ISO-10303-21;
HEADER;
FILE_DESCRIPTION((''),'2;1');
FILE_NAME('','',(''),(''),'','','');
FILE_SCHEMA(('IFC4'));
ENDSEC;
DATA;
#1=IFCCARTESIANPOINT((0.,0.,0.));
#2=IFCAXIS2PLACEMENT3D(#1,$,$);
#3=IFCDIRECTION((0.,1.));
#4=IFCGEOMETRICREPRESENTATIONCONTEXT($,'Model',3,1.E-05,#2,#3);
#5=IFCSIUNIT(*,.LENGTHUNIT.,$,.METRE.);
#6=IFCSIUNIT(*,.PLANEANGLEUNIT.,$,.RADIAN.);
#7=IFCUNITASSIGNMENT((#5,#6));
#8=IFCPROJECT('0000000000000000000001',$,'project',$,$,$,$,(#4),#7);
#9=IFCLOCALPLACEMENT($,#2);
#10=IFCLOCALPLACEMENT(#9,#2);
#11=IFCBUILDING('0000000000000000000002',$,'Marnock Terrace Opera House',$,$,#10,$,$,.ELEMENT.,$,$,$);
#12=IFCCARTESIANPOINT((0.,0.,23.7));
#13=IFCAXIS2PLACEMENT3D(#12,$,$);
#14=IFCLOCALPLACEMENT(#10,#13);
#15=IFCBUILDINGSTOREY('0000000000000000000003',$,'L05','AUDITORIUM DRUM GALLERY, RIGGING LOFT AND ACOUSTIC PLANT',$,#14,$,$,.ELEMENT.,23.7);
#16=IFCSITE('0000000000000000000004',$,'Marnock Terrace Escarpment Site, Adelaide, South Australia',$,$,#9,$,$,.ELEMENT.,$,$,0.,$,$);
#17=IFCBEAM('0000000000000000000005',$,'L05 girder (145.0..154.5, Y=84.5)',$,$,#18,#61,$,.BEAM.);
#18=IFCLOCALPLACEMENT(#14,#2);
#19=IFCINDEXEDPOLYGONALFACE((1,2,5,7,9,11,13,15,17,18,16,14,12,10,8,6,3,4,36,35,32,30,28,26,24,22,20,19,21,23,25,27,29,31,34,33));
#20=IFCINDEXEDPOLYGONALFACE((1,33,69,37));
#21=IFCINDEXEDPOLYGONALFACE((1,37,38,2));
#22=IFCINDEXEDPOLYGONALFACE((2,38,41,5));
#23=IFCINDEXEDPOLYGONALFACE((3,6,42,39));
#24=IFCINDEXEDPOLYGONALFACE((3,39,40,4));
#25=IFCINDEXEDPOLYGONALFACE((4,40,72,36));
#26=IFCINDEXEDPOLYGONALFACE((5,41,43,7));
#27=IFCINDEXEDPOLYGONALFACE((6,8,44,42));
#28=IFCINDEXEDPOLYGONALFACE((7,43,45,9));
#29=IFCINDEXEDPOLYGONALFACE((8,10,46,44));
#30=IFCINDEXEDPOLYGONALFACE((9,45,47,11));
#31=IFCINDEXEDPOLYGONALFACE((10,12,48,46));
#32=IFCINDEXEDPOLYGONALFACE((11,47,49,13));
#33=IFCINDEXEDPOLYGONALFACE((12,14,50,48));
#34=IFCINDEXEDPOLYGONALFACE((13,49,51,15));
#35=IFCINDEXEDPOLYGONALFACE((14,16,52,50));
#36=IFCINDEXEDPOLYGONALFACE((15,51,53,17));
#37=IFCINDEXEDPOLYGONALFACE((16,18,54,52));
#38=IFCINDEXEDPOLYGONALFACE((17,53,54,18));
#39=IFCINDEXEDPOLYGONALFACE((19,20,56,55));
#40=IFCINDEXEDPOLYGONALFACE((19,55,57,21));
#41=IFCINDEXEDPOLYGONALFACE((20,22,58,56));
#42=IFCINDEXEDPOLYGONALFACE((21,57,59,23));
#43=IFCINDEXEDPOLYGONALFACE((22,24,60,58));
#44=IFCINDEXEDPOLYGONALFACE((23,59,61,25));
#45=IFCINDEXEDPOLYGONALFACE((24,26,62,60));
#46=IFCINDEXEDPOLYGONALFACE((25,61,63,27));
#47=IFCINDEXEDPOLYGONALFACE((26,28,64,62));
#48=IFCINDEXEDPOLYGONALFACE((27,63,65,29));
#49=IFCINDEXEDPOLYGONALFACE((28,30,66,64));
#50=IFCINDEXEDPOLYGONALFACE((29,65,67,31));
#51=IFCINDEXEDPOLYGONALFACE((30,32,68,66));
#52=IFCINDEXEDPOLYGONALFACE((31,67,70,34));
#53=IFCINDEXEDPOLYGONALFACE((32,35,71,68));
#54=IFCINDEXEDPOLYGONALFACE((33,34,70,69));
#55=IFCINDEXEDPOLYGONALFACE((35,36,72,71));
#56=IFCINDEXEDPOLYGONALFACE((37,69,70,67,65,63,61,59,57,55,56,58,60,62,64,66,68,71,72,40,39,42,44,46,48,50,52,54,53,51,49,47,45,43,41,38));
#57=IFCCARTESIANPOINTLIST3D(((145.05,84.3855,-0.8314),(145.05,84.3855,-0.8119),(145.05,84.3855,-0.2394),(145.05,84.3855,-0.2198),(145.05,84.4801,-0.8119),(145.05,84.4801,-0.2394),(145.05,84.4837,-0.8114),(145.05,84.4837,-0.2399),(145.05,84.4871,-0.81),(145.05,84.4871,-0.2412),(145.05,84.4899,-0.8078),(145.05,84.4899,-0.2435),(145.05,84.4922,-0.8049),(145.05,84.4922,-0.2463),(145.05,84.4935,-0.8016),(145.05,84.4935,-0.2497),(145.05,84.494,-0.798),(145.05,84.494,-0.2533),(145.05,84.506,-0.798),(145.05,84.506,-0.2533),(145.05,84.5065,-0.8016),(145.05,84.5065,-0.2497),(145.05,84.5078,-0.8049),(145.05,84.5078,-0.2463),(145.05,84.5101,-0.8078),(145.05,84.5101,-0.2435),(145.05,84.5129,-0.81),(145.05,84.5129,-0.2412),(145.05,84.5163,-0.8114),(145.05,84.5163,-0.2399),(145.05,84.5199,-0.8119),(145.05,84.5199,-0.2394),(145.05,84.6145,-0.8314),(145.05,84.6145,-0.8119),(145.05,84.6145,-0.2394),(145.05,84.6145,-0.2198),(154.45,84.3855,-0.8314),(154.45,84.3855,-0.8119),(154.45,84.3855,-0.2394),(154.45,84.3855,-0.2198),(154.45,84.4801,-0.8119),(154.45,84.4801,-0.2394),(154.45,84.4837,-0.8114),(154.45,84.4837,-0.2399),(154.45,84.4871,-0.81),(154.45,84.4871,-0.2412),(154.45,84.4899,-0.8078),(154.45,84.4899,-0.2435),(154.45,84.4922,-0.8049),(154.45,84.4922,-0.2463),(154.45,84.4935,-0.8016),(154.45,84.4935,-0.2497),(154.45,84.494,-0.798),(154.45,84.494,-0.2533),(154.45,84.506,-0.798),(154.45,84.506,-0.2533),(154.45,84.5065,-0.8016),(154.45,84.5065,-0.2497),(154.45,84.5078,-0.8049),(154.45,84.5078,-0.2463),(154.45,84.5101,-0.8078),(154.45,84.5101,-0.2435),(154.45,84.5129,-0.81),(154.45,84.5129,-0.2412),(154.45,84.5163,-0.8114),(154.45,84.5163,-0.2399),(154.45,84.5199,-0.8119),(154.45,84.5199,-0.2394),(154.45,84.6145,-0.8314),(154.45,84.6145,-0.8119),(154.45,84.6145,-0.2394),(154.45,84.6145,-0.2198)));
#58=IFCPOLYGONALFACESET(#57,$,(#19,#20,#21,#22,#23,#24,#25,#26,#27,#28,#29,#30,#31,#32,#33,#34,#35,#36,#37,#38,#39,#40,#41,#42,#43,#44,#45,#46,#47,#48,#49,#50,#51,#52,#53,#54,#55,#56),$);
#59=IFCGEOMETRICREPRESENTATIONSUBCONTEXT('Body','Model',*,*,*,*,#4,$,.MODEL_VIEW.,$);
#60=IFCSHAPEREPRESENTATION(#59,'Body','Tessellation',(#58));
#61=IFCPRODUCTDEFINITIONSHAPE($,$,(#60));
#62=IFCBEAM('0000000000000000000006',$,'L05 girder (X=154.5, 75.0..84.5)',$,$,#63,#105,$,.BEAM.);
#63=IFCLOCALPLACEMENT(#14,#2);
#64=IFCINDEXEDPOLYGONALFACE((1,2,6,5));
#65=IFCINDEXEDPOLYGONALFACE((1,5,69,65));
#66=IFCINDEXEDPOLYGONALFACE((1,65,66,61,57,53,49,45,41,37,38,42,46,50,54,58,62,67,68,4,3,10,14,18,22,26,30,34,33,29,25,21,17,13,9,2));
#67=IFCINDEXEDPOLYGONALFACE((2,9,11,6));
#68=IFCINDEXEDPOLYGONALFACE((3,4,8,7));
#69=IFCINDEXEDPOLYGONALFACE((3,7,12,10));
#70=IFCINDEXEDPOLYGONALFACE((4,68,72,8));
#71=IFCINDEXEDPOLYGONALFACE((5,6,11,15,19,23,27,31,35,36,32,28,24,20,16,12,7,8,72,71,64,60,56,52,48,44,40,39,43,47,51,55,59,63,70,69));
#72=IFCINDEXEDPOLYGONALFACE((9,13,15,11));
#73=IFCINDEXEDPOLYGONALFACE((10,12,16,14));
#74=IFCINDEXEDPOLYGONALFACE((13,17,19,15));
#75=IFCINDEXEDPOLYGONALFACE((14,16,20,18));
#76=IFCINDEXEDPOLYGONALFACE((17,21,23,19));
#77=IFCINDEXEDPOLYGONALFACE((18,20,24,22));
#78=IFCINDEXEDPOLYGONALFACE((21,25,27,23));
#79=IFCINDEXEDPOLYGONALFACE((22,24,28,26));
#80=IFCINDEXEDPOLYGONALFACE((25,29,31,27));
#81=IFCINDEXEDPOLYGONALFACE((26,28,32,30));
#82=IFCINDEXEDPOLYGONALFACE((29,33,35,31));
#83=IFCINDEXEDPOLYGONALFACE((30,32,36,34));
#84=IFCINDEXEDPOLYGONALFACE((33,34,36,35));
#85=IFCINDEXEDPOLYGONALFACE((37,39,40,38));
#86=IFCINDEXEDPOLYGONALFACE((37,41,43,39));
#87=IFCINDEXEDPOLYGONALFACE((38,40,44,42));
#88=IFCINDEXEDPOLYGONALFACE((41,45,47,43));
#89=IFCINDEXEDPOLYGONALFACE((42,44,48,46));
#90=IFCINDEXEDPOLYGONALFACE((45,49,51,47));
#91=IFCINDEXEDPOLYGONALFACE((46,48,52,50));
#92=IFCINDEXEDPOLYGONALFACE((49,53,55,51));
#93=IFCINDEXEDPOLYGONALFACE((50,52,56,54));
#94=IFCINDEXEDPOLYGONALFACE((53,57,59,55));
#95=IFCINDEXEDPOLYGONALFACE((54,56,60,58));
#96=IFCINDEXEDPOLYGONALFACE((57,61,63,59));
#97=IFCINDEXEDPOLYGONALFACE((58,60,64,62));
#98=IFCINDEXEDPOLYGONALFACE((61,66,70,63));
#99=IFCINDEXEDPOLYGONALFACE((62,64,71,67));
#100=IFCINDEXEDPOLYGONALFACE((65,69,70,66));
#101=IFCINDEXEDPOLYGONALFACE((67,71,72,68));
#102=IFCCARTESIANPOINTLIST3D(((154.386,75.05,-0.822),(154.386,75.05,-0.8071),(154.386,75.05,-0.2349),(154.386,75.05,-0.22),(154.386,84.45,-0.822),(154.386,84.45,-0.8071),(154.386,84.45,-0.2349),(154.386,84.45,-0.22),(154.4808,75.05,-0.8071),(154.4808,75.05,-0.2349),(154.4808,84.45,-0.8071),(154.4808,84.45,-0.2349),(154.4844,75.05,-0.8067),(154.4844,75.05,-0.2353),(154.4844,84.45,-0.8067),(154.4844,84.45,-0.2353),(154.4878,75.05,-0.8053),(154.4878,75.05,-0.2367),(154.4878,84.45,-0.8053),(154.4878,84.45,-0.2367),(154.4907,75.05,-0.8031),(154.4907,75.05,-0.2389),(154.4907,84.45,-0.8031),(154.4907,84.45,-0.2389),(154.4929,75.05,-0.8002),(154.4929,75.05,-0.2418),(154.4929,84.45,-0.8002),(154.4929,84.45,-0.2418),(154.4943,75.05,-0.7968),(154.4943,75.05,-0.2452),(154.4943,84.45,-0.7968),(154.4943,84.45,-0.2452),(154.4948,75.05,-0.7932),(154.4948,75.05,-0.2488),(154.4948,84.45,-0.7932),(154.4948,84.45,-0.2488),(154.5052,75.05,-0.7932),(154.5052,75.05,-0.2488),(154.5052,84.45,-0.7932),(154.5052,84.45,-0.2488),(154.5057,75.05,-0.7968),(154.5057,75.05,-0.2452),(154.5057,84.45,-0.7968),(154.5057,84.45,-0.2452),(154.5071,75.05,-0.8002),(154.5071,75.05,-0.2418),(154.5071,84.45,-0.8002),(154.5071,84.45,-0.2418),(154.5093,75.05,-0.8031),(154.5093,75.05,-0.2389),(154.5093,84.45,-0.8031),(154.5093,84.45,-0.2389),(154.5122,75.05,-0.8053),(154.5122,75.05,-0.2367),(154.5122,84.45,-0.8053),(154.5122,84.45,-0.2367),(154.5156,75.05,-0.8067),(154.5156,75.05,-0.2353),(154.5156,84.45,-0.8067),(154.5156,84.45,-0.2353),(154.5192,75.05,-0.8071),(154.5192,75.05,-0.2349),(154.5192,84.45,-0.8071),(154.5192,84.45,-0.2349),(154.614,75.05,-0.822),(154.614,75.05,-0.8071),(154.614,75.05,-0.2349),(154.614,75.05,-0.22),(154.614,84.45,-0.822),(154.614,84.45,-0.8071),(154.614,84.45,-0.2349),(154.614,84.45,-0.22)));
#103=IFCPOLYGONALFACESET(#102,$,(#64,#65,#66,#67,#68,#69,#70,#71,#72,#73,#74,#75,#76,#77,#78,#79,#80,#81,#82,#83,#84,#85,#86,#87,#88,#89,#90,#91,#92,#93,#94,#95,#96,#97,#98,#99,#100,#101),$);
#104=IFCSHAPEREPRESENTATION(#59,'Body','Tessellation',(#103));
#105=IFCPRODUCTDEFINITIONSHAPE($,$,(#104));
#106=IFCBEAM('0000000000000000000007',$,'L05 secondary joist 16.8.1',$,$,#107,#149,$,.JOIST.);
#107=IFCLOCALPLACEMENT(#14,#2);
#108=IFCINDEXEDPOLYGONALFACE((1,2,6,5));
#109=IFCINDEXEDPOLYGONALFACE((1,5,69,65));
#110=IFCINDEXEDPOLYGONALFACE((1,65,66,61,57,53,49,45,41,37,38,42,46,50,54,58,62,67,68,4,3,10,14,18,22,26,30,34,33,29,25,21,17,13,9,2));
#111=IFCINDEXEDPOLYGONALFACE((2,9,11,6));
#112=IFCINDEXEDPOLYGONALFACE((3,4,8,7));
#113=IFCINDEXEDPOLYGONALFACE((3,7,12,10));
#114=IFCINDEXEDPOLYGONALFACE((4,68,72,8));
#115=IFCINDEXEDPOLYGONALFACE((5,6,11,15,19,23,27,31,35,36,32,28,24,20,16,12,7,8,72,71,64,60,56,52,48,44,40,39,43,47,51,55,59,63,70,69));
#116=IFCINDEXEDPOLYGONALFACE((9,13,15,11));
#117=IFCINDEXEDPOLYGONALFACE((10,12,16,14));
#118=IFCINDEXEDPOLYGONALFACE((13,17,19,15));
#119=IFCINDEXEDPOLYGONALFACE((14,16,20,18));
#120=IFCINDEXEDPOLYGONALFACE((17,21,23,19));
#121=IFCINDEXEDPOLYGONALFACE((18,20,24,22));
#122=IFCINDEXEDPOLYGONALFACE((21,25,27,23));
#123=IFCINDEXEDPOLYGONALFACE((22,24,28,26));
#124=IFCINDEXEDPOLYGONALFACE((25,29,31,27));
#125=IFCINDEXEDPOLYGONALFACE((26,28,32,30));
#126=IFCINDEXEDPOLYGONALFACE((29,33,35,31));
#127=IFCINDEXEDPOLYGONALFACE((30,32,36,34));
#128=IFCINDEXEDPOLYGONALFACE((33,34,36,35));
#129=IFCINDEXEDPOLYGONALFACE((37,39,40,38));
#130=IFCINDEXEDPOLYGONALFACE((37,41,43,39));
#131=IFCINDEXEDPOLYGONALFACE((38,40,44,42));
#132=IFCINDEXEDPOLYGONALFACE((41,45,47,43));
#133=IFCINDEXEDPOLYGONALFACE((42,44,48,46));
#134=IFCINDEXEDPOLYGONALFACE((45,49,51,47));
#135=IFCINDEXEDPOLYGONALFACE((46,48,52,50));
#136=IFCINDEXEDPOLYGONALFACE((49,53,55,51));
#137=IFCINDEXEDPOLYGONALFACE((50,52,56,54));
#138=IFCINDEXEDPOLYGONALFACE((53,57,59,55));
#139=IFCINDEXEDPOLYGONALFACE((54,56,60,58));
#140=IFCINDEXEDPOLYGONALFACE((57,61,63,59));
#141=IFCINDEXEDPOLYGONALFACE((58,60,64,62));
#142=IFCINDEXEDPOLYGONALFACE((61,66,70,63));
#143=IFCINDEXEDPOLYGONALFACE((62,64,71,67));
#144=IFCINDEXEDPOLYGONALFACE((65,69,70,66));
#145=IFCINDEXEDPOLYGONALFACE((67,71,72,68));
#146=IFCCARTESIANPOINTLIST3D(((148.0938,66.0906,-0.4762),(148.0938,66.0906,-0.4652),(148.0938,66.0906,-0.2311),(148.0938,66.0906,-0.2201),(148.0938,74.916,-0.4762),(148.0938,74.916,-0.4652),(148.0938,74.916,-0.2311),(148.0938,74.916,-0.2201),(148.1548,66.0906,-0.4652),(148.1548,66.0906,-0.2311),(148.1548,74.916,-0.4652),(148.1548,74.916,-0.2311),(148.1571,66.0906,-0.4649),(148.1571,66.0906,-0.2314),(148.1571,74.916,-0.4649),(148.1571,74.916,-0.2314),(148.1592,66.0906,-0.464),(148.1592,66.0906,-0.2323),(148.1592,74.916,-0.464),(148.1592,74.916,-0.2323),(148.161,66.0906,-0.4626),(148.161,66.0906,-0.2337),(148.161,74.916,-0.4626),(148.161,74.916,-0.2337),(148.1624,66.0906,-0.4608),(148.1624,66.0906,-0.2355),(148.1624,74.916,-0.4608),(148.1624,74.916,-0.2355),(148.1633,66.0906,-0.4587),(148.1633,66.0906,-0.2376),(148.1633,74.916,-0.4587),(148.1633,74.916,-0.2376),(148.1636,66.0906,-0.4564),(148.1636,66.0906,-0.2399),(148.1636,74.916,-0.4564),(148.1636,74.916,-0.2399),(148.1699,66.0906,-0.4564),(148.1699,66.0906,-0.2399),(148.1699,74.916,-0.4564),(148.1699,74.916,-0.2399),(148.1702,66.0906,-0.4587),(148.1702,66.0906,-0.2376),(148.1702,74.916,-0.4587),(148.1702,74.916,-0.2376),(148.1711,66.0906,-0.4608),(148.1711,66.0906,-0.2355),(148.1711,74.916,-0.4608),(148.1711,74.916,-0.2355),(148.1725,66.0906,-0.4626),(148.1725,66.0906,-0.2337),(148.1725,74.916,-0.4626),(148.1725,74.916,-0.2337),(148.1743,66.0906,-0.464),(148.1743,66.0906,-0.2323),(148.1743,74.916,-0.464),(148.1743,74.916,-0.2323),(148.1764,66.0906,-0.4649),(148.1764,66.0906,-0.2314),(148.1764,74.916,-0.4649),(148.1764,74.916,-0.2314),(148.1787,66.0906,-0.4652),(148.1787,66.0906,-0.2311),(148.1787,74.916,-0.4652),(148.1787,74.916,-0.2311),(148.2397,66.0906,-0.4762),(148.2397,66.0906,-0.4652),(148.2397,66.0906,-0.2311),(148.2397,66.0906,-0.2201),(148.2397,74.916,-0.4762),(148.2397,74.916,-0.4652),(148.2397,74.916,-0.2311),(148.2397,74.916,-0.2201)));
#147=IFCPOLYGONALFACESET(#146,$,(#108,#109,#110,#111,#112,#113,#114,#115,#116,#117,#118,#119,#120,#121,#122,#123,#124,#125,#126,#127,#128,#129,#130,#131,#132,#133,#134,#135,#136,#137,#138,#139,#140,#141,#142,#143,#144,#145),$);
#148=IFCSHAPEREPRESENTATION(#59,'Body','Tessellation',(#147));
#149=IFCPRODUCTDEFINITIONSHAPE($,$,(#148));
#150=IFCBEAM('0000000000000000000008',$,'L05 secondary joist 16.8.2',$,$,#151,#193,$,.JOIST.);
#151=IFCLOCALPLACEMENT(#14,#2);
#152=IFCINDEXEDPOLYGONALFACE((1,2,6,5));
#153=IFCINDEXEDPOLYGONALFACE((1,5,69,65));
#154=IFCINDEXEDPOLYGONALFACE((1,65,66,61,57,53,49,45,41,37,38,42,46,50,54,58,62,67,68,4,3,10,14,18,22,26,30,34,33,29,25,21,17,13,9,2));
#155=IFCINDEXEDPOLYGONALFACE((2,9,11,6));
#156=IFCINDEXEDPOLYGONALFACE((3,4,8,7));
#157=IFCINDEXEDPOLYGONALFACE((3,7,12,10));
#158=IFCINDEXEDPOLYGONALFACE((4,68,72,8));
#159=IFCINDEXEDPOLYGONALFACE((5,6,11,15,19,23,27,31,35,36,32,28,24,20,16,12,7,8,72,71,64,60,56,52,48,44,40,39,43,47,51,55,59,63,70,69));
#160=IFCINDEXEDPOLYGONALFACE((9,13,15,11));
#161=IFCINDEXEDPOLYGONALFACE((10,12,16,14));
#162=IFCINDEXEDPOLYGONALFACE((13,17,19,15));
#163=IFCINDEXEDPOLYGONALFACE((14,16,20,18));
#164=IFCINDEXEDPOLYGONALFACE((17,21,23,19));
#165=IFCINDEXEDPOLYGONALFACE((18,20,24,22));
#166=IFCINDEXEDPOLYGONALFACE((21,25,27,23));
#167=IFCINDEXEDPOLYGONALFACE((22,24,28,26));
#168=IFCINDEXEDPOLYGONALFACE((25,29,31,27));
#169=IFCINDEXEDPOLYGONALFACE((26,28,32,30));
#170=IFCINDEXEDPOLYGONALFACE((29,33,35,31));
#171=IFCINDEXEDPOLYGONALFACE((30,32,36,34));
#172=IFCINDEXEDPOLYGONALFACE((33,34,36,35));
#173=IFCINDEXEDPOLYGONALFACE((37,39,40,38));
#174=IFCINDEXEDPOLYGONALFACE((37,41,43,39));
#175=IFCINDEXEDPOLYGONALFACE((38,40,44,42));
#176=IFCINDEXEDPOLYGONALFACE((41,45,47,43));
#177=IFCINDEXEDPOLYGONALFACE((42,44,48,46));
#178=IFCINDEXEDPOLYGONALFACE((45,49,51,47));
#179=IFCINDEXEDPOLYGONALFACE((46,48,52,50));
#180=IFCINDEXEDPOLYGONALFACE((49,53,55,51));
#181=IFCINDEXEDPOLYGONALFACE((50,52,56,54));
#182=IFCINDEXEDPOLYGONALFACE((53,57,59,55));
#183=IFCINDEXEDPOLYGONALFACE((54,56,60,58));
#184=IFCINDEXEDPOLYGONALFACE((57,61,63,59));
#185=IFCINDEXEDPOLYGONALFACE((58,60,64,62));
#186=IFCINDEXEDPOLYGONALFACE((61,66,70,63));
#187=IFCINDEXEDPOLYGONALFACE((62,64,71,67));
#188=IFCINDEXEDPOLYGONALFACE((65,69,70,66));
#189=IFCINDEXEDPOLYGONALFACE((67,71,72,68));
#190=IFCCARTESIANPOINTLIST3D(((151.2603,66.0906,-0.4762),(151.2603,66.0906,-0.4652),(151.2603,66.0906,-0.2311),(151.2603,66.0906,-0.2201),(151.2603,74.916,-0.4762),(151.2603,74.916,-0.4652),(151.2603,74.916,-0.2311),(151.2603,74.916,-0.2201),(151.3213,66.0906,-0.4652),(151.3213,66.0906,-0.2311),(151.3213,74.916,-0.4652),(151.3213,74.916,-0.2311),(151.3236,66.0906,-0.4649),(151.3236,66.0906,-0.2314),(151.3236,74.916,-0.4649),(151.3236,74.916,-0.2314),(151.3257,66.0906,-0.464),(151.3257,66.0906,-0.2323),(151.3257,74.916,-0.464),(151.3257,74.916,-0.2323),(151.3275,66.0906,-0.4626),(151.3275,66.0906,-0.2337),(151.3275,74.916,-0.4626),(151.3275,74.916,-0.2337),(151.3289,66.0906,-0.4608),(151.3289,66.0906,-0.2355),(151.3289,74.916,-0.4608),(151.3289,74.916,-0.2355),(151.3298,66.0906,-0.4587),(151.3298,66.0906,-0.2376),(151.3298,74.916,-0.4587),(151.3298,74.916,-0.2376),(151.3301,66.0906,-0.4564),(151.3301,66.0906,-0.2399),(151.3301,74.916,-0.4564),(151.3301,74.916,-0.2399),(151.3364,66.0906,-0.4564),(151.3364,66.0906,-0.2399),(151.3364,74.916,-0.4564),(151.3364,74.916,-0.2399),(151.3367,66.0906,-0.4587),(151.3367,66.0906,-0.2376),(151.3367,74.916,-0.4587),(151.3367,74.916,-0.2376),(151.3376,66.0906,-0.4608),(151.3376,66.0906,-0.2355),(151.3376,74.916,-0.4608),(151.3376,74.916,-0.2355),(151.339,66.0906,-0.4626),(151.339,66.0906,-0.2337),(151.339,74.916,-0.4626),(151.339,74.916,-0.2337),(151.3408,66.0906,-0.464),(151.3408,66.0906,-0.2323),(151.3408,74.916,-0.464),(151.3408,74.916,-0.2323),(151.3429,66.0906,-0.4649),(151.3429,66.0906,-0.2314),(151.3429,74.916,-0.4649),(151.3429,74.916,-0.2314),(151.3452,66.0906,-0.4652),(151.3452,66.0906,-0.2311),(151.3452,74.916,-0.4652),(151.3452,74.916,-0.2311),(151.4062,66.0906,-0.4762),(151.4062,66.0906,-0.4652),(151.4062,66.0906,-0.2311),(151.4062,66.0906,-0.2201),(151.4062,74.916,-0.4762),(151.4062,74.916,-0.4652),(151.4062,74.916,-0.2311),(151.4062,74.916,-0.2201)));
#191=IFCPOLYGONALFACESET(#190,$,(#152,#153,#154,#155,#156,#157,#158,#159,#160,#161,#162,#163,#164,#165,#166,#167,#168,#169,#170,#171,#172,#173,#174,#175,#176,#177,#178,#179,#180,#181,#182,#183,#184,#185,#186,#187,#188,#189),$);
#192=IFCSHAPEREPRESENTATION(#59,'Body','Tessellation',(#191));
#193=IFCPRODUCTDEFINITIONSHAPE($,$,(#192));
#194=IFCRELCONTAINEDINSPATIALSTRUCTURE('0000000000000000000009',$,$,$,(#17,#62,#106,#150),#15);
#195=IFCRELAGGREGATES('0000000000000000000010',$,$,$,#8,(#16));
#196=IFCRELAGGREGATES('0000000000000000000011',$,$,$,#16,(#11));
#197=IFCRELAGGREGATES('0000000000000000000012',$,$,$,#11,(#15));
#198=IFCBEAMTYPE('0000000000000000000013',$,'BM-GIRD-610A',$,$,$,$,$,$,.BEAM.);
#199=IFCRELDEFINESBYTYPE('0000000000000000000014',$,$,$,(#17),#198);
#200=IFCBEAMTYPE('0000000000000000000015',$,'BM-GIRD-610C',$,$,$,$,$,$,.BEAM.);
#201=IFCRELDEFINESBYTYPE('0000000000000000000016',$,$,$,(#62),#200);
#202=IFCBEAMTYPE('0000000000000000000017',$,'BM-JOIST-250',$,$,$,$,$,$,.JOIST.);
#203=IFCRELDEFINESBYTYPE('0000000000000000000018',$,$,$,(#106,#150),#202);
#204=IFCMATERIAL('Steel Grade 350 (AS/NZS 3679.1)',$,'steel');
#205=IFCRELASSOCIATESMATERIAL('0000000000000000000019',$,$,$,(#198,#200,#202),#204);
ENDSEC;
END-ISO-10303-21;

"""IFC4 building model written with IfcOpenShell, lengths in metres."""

from ifc_helpers import new_model, si_unit, direction, frame, origin, origin_2d, place, context, subcontext, project, spatial, i_section, extrude, material, material_profile, profile_set, type_object, element, save


model = new_model("IFC4")

# Units and contexts
model_context = context("Model", 3, precision=1e-05, world=origin(), true_north=direction((0.0, 1.0)))
body_context = subcontext(model_context, "Body", "Model", "MODEL_VIEW")
ifc_project = project(units=[si_unit("LENGTHUNIT", "METRE"), si_unit("PLANEANGLEUNIT", "RADIAN")], contexts=[model_context])

# Site, building, storey
site_placement = place(None, origin())
site = spatial("IfcSite", under=ifc_project, at=site_placement, Name="Marnock Terrace Escarpment Site, Adelaide, South Australia", CompositionType="ELEMENT", RefElevation=0.0)
building_placement = place(site_placement, origin())
building = spatial("IfcBuilding", under=site, at=building_placement, Name="Marnock Terrace Opera House", CompositionType="ELEMENT")
storey_placement = place(building_placement, frame((0.0, 0.0, 23.7)))
storey = spatial("IfcBuildingStorey", under=building, at=storey_placement, Name="L05", Description="AUDITORIUM DRUM GALLERY, RIGGING LOFT AND ACOUSTIC PLANT", CompositionType="ELEMENT", Elevation=23.7)

# Beams
ifc_material = material(Name="Steel Grade 350 (AS/NZS 3679.1)", Category="steel")
ifc_material_profile_1 = material_profile(ifc_material, i_section(OverallWidth=0.229, OverallDepth=0.6116, WebThickness=0.012, FlangeThickness=0.0195, FilletRadius=0.0139, at=origin_2d()))
ifc_profile_set_1 = profile_set([ifc_material_profile_1], Name="Steel Grade 350 (AS/NZS 3679.1)")
beam_type_1 = type_object("IfcBeamType", Name="BM-GIRD-610A", PredefinedType="BEAM", material=ifc_profile_set_1)
beam_1_placement = place(storey_placement, frame((145.05, 84.5, -0.5256), z_axis=(1.0, 0.0, 0.0), x_axis=(0.0, 1.0, 0.0)))
element("IfcBeam", 1, at=beam_1_placement, inside=storey, type_object=beam_type_1, Name="L05 girder (145.0..154.5, Y=84.5)", PredefinedType="BEAM", context=body_context, shape_type="SweptSolid", body=[
    extrude(i_section(OverallWidth=0.229, OverallDepth=0.6116, WebThickness=0.012, FlangeThickness=0.0195, FilletRadius=0.0139, at=origin_2d()), origin(), (0.0, 0.0, 1.0), 9.3999),
])
ifc_material_profile_2 = material_profile(ifc_material, i_section(OverallWidth=0.228, OverallDepth=0.6021, WebThickness=0.0105, FlangeThickness=0.0149, FilletRadius=0.0139, at=origin_2d()))
ifc_profile_set_2 = profile_set([ifc_material_profile_2], Name="Steel Grade 350 (AS/NZS 3679.1)")
beam_type_2 = type_object("IfcBeamType", Name="BM-GIRD-610C", PredefinedType="BEAM", material=ifc_profile_set_2)
beam_2_placement = place(storey_placement, frame((154.5, 75.05, -0.521), z_axis=(0.0, 1.0, 0.0), x_axis=(-1.0, 0.0, 0.0)))
element("IfcBeam", 2, at=beam_2_placement, inside=storey, type_object=beam_type_2, Name="L05 girder (X=154.5, 75.0..84.5)", PredefinedType="BEAM", context=body_context, shape_type="SweptSolid", body=[
    extrude(i_section(OverallWidth=0.228, OverallDepth=0.6021, WebThickness=0.0105, FlangeThickness=0.0149, FilletRadius=0.0139, at=origin_2d()), origin(), (0.0, 0.0, 1.0), 9.3999),
])
ifc_material_profile_3 = material_profile(ifc_material, i_section(OverallWidth=0.146, OverallDepth=0.2561, WebThickness=0.0063, FlangeThickness=0.011, FilletRadius=0.0088, at=origin_2d()))
ifc_profile_set_3 = profile_set([ifc_material_profile_3], Name="Steel Grade 350 (AS/NZS 3679.1)")
beam_type_3 = type_object("IfcBeamType", Name="BM-JOIST-250", PredefinedType="JOIST", material=ifc_profile_set_3)
for number, where, z_axis, x_axis, name in (
    (3, (148.1667, 66.0906, -0.3481), (0.0, 1.0, 0.0), (-1.0, 0.0, 0.0), "L05 secondary joist 16.8.1"),
    (4, (151.3333, 66.0906, -0.3481), (0.0, 1.0, 0.0), (-1.0, 0.0, 0.0), "L05 secondary joist 16.8.2"),
):
    element("IfcBeam", number, at=place(storey_placement, frame(where, z_axis=z_axis, x_axis=x_axis)), inside=storey, type_object=beam_type_3, Name=name, PredefinedType="JOIST", context=body_context, shape_type="SweptSolid", body=[
        extrude(i_section(OverallWidth=0.146, OverallDepth=0.2561, WebThickness=0.0063, FlangeThickness=0.011, FilletRadius=0.0088, at=origin_2d()), origin(), (0.0, 0.0, 1.0), 8.8254),
    ])

save(model, "model.ifc")
